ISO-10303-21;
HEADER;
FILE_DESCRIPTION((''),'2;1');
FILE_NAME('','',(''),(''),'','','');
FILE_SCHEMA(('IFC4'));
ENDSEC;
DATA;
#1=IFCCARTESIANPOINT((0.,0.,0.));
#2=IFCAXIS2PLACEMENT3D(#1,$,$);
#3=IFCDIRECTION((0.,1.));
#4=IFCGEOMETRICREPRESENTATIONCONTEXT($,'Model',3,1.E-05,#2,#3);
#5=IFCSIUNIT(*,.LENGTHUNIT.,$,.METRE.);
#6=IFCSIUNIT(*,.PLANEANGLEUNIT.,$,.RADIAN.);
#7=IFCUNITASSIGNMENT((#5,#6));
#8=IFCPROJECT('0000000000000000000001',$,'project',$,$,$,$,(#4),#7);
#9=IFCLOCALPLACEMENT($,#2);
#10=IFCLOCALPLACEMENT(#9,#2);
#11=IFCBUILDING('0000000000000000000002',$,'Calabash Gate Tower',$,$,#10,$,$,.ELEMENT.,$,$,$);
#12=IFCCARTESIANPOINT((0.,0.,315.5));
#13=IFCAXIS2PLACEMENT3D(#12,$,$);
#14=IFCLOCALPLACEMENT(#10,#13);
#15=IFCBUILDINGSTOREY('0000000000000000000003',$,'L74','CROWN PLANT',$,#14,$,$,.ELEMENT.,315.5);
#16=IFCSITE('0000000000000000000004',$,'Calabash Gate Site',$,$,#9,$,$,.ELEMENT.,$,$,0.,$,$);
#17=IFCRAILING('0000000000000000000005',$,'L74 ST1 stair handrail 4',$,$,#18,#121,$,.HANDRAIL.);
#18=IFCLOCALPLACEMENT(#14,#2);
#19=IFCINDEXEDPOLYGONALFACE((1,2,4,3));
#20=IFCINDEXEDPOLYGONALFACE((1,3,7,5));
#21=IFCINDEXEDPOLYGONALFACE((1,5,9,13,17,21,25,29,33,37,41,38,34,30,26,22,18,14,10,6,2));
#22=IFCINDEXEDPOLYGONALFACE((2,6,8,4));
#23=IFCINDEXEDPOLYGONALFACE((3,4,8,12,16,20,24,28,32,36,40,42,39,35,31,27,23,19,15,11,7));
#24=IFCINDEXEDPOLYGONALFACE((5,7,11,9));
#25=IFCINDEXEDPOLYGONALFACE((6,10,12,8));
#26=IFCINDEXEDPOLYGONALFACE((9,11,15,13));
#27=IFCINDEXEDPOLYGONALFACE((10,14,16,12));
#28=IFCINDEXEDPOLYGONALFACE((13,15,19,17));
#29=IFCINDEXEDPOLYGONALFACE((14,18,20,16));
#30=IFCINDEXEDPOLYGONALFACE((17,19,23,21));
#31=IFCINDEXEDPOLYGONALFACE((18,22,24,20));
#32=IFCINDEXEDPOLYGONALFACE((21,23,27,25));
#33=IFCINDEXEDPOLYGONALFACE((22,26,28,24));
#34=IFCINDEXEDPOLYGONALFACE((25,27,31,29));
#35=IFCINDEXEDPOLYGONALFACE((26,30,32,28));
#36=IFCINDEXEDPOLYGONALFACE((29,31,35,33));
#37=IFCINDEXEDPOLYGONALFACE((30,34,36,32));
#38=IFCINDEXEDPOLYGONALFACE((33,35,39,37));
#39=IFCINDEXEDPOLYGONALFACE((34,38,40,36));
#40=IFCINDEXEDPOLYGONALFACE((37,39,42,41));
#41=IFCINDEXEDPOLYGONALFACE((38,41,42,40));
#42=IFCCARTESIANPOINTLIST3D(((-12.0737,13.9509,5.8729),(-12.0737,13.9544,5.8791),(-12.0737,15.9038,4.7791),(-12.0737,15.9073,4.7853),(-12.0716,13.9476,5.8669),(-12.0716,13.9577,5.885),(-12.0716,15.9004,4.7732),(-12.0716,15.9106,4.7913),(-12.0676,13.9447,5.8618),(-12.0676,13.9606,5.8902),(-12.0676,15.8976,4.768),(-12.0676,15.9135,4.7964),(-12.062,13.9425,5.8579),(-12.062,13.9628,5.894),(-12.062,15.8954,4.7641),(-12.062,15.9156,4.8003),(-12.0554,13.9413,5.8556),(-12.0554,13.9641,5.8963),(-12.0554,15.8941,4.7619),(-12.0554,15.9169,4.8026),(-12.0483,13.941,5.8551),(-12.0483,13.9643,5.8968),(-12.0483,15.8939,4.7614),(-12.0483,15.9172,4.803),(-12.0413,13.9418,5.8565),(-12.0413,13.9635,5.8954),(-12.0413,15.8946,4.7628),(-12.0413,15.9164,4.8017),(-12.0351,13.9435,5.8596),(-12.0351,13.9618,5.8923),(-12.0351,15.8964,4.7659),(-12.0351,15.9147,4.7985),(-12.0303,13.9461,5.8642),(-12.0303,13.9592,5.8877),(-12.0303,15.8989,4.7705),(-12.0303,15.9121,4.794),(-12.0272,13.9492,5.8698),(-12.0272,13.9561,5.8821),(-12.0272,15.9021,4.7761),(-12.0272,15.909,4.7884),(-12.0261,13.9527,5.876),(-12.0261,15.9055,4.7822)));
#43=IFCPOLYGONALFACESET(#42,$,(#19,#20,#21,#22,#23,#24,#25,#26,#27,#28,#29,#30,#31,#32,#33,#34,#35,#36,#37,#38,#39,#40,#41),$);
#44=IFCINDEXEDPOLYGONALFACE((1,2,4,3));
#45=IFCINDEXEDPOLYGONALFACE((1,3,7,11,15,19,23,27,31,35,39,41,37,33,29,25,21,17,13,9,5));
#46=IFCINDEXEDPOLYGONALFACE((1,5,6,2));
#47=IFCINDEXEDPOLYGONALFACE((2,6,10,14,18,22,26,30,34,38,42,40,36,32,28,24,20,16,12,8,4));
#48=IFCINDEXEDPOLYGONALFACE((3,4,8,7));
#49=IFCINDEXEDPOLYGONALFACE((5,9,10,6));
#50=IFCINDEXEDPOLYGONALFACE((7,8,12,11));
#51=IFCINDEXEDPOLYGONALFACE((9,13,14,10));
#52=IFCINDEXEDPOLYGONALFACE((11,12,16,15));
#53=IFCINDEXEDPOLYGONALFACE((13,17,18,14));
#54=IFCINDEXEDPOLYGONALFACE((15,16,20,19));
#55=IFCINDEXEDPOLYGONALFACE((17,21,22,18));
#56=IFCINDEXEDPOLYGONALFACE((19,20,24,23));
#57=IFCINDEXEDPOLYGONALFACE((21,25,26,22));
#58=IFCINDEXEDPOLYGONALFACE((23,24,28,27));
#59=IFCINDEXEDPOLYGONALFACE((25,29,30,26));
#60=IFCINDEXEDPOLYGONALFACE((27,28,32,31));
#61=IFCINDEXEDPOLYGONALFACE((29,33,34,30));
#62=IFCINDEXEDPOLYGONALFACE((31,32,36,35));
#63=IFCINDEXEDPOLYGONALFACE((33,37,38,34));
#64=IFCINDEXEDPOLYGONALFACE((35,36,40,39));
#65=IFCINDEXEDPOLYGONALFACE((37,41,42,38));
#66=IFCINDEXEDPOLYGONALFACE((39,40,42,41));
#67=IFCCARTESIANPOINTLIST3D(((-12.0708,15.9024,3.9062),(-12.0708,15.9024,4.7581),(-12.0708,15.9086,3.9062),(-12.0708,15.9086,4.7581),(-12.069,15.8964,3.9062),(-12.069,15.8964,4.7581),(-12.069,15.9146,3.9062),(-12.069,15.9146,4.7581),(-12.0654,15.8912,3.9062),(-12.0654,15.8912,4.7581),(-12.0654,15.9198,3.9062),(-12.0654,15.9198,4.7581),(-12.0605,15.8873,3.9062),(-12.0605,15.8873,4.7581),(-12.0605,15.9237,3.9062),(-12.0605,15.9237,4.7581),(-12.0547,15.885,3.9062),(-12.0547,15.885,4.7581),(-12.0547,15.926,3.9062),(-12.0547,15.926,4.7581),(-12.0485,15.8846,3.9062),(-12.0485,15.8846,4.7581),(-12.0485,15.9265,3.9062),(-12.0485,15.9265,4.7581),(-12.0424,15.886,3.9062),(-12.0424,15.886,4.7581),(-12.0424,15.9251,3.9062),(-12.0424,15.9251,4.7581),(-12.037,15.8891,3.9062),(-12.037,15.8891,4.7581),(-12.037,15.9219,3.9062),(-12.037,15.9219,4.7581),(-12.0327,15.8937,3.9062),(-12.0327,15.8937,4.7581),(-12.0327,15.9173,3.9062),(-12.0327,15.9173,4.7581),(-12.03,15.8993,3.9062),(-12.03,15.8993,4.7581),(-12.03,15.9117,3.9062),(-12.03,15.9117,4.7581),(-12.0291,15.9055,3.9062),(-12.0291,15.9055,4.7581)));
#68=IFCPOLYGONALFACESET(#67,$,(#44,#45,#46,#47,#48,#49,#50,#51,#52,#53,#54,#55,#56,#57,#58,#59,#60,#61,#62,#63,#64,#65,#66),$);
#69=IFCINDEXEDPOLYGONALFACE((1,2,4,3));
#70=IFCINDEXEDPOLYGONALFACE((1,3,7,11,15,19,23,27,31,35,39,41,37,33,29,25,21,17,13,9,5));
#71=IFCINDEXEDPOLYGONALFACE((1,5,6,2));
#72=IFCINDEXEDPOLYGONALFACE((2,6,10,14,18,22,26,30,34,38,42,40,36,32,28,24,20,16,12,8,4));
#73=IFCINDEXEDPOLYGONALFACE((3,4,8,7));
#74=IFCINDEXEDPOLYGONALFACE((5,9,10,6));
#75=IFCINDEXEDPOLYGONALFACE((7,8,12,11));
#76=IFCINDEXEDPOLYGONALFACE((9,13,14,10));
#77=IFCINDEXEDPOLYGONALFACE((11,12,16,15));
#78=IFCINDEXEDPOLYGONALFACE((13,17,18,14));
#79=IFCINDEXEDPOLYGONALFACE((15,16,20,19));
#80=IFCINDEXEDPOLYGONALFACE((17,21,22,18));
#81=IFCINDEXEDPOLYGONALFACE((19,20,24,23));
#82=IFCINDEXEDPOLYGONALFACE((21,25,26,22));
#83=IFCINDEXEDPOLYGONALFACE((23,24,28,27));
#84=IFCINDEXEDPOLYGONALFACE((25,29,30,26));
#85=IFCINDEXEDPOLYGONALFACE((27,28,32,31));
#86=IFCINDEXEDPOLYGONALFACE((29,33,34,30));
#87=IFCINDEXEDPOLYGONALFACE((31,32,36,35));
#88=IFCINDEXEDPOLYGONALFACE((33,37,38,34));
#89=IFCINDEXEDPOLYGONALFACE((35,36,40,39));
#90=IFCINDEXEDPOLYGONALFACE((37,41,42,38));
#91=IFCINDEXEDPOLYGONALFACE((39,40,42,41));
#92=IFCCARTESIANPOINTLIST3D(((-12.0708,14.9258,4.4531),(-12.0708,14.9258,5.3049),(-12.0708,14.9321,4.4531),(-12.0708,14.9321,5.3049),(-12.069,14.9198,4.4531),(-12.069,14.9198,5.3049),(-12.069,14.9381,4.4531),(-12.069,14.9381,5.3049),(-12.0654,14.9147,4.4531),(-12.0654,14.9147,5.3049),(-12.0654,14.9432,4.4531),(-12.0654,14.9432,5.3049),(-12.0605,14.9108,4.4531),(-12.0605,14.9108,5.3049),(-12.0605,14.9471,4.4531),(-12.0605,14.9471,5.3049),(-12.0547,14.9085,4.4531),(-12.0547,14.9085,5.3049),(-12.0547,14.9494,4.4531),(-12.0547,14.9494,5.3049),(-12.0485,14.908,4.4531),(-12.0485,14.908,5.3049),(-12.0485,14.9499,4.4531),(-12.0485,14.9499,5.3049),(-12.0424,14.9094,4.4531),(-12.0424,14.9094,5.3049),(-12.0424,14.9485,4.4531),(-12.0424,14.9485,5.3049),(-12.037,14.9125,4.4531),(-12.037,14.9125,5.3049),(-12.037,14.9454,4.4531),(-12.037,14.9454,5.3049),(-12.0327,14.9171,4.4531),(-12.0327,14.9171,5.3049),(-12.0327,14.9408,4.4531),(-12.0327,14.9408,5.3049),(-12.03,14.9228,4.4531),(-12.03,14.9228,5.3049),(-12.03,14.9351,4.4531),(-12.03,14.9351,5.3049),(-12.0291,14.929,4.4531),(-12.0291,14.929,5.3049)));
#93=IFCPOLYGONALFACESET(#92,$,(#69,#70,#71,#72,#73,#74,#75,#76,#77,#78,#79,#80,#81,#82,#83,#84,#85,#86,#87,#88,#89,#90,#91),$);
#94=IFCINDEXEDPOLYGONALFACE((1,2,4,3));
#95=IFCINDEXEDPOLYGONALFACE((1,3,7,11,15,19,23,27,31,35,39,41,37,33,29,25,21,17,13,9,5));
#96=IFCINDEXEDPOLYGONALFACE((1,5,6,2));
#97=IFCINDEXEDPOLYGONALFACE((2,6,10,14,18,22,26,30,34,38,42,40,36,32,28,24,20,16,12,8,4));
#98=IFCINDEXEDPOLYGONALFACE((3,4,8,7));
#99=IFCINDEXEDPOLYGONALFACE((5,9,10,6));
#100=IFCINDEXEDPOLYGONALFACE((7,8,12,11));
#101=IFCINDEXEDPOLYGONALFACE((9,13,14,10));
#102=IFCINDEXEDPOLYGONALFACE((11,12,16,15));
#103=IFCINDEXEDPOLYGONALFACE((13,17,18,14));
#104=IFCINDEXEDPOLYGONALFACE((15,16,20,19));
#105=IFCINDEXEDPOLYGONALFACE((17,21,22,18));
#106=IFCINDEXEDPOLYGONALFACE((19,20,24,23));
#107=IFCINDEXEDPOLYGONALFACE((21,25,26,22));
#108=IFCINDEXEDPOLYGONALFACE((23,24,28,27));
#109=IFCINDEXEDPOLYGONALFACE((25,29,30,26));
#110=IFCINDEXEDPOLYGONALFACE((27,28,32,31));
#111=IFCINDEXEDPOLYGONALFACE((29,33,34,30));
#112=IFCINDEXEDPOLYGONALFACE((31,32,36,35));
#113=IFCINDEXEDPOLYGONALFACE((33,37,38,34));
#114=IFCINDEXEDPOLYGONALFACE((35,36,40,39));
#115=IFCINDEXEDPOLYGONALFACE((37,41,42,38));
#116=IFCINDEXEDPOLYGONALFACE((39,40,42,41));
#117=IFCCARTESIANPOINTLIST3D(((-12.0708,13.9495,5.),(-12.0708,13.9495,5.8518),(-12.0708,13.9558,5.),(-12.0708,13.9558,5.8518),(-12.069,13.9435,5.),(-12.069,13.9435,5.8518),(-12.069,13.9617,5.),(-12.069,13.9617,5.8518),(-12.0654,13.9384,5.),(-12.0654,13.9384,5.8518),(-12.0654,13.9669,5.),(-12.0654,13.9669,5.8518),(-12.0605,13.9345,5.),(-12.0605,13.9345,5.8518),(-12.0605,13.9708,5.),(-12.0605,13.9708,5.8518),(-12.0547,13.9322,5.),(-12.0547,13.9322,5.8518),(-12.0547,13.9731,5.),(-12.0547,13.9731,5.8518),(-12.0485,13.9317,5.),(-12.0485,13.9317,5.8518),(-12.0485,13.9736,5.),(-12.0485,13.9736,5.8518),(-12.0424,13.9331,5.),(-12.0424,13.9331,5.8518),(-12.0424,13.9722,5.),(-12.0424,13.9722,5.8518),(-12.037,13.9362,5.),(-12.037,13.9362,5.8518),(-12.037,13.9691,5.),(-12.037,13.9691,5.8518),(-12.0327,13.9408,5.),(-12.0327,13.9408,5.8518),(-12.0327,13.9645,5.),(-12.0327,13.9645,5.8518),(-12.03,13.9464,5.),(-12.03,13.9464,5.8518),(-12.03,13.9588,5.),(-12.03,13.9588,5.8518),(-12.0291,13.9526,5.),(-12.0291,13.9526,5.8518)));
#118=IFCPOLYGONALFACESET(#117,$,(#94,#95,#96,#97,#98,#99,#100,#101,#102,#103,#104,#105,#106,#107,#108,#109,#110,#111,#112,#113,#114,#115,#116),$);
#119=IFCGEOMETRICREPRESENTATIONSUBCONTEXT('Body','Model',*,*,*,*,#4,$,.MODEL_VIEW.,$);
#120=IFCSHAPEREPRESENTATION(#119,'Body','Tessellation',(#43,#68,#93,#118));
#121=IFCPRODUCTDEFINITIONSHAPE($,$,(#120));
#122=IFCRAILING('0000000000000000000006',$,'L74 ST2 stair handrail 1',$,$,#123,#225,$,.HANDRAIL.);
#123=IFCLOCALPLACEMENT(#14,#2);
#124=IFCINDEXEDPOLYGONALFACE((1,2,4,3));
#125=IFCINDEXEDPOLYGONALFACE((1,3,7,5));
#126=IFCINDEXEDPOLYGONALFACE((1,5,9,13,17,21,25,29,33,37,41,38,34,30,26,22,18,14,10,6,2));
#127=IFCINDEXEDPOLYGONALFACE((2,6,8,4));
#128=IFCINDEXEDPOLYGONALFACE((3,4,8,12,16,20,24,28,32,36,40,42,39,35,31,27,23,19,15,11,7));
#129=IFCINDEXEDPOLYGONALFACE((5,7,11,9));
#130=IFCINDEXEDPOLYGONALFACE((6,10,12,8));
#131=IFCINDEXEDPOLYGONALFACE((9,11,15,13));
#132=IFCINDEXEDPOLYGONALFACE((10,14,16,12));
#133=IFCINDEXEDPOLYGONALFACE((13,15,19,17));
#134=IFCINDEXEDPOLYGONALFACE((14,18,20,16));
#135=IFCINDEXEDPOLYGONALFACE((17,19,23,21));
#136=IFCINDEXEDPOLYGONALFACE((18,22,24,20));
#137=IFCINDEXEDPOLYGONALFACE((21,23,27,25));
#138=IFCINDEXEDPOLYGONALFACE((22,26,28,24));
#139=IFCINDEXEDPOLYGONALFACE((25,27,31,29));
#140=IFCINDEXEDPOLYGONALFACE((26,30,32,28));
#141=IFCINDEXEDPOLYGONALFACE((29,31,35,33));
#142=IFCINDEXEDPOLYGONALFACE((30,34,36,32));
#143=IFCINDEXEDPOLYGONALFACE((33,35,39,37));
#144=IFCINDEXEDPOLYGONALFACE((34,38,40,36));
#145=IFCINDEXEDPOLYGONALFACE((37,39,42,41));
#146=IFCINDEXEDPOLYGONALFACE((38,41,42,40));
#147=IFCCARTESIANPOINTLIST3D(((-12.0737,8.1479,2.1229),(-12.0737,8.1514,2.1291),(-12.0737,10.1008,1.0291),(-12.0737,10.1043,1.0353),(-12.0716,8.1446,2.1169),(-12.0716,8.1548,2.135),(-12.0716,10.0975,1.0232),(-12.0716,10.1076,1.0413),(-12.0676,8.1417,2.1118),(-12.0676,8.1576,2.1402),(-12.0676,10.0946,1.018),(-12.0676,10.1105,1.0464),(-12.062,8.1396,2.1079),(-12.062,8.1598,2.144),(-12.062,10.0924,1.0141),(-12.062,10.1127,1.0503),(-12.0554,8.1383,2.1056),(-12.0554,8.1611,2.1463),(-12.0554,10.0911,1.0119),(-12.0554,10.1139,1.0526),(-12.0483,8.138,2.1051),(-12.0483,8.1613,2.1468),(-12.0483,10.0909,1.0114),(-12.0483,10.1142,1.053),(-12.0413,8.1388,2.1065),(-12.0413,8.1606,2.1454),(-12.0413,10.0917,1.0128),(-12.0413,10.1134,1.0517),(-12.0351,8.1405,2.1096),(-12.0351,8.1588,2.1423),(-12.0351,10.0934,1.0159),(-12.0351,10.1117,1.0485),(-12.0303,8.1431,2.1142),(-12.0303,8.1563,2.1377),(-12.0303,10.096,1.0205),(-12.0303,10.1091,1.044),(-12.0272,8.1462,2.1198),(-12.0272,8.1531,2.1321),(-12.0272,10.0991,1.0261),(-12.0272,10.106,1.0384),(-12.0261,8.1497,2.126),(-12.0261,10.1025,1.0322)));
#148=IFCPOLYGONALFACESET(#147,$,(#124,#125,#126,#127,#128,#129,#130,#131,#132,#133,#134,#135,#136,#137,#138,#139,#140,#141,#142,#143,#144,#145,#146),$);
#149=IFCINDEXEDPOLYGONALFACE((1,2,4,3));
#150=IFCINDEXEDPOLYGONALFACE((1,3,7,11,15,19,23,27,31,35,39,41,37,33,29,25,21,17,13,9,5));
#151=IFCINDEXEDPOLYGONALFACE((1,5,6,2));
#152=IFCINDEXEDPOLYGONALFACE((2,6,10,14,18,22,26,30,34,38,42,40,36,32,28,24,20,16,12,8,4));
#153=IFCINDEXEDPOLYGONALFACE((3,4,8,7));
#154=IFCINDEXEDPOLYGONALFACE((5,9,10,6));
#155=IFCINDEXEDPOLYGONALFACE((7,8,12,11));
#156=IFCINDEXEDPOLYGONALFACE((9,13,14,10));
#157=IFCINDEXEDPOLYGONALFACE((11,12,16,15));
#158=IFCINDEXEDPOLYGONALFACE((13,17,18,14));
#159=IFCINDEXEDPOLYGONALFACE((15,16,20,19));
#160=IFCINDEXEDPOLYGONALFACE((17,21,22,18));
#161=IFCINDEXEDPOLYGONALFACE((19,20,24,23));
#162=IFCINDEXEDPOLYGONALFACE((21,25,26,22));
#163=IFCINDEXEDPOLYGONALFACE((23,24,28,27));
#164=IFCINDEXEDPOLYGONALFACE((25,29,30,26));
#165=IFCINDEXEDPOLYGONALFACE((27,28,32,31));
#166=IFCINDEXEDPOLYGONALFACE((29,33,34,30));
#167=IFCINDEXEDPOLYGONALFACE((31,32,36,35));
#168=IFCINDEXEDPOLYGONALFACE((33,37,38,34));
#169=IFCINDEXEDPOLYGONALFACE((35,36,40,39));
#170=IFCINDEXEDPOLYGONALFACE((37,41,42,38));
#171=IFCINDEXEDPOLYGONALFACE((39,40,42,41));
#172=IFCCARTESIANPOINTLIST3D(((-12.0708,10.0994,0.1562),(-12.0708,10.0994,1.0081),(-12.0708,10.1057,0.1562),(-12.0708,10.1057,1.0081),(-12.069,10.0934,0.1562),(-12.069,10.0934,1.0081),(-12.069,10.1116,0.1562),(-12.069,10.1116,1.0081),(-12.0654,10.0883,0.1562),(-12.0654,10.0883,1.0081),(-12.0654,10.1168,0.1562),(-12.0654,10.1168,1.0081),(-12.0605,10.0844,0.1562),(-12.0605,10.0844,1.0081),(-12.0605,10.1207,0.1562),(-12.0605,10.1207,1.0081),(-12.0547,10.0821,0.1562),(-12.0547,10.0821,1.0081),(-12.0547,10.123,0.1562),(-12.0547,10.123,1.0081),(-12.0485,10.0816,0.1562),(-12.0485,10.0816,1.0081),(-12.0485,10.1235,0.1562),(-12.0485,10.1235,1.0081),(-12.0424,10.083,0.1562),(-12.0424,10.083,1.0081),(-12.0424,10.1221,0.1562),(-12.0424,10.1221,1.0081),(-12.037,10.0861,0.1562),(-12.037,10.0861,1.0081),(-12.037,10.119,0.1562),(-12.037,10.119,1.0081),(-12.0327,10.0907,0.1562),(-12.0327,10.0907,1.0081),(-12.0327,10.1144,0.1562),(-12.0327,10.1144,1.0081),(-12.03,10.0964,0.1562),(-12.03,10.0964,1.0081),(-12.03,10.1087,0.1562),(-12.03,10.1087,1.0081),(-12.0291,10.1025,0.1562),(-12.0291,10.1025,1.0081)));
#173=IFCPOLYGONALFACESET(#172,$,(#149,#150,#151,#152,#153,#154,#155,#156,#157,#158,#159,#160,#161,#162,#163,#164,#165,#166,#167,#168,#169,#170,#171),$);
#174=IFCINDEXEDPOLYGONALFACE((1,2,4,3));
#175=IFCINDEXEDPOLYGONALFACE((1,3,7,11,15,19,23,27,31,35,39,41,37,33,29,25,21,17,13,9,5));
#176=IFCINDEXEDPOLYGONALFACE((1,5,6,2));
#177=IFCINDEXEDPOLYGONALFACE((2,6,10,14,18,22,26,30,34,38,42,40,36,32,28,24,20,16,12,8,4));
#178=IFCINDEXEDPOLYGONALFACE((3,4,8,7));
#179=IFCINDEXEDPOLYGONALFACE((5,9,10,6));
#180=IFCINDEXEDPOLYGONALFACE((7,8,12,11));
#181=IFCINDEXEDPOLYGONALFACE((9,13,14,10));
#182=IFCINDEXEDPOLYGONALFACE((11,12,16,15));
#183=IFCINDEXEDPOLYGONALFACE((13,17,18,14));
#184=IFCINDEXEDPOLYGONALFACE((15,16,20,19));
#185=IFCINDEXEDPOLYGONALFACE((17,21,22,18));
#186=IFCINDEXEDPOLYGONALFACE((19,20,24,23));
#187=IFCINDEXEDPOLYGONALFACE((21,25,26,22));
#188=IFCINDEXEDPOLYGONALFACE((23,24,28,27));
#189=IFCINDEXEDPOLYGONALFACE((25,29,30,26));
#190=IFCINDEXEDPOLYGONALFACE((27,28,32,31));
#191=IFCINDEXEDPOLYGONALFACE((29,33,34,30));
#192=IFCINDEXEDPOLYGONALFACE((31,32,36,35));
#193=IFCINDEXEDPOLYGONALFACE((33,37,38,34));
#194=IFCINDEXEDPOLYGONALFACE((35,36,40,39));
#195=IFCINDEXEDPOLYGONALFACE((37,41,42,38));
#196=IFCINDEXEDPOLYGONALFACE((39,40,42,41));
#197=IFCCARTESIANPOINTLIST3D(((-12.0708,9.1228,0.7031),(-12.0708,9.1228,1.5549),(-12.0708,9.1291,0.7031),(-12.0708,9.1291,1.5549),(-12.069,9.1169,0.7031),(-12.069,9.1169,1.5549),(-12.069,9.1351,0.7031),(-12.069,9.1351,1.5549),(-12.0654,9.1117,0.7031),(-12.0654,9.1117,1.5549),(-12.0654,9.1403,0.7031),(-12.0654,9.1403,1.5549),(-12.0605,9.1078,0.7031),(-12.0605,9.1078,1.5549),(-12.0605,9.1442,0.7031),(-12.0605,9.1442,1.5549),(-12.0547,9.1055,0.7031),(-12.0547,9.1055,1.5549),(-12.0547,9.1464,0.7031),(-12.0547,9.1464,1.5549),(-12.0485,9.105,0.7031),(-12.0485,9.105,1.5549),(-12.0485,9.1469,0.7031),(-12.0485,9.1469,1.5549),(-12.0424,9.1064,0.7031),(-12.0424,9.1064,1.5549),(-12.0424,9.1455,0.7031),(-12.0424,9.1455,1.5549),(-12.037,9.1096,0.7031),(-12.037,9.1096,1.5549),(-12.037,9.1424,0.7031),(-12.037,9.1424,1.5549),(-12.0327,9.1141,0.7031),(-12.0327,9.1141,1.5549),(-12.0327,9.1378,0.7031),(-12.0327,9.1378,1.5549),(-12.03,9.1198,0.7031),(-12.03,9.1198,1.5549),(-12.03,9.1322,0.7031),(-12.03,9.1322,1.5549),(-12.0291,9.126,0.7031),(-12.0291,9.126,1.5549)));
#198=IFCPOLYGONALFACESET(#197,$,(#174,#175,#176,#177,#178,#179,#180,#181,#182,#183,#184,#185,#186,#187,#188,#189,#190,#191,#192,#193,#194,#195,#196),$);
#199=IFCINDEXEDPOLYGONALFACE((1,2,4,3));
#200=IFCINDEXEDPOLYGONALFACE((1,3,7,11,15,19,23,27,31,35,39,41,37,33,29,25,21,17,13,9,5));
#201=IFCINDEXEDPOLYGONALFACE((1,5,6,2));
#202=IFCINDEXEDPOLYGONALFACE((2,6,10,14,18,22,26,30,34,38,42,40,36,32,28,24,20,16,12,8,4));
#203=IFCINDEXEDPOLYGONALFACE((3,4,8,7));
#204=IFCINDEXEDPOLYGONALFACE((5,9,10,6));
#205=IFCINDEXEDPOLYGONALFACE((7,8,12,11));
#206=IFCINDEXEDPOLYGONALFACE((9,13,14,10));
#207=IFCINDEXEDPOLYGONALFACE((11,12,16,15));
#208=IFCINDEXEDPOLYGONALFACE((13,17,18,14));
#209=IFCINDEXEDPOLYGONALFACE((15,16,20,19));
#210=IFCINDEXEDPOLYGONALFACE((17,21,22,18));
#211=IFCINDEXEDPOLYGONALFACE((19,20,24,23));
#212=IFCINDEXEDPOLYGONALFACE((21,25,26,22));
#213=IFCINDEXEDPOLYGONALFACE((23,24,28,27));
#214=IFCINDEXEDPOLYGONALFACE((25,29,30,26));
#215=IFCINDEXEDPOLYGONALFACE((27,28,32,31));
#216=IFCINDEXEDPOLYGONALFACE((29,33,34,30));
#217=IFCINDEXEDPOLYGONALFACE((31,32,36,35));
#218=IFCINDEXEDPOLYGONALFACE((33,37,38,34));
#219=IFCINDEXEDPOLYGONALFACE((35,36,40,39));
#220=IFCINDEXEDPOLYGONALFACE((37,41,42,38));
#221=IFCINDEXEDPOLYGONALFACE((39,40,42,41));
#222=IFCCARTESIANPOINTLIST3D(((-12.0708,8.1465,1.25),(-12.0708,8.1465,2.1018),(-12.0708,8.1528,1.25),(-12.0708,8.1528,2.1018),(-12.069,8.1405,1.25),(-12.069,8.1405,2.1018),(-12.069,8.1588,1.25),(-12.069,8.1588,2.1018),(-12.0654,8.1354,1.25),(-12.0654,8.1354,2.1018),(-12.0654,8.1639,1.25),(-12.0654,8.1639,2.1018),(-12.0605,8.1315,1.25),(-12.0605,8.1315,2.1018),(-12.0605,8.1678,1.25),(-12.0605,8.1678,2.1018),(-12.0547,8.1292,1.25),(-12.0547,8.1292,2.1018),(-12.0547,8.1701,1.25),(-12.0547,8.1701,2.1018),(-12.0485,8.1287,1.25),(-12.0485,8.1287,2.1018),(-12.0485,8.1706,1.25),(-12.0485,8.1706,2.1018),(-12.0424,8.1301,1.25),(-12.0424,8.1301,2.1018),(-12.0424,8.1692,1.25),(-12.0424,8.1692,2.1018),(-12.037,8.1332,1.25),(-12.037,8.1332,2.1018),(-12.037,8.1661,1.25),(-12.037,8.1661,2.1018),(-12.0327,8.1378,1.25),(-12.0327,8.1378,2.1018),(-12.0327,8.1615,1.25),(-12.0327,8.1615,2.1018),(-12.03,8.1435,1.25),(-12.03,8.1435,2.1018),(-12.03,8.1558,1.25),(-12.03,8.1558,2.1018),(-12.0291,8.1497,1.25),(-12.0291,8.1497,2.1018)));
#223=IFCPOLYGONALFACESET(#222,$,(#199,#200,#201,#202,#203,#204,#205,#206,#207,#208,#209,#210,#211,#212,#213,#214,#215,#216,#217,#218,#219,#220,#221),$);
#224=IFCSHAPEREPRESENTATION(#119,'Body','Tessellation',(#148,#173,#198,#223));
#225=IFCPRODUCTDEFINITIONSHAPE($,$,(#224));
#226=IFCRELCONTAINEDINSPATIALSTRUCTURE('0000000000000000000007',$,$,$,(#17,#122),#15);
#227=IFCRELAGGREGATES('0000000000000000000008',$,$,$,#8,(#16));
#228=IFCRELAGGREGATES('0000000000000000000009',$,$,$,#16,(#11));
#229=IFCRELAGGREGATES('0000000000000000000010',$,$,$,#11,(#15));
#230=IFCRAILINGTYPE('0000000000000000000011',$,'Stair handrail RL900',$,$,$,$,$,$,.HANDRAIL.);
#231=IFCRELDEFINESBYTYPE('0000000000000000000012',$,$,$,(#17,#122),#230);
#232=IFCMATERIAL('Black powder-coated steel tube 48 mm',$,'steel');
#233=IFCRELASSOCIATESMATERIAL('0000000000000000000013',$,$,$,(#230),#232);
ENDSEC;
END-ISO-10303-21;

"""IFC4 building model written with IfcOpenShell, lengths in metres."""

from ifc_helpers import new_model, si_unit, direction, frame, origin, origin_2d, place, context, subcontext, project, spatial, circle, extrude, material, type_object, element, save


model = new_model("IFC4")

# Units and contexts
model_context = context("Model", 3, precision=1e-05, world=origin(), true_north=direction((0.0, 1.0)))
body_context = subcontext(model_context, "Body", "Model", "MODEL_VIEW")
ifc_project = project(units=[si_unit("LENGTHUNIT", "METRE"), si_unit("PLANEANGLEUNIT", "RADIAN")], contexts=[model_context])

# Site, building, storey
site_placement = place(None, origin())
site = spatial("IfcSite", under=ifc_project, at=site_placement, Name="Calabash Gate Site", CompositionType="ELEMENT", RefElevation=0.0)
building_placement = place(site_placement, origin())
building = spatial("IfcBuilding", under=site, at=building_placement, Name="Calabash Gate Tower", CompositionType="ELEMENT")
storey_placement = place(building_placement, frame((0.0, 0.0, 315.5)))
storey = spatial("IfcBuildingStorey", under=building, at=storey_placement, Name="L74", Description="CROWN PLANT", CompositionType="ELEMENT", Elevation=315.5)

# Railings
ifc_material_1 = material(Name="Black powder-coated steel tube 48 mm", Category="steel")
railing_type_1 = type_object("IfcRailingType", Name="Stair handrail RL900", PredefinedType="HANDRAIL", material=ifc_material_1)
for number, where, name in (
    (1, (-12.05, 15.9055, 3.9062), "L74 ST1 stair handrail 4"),
    (2, (-12.05, 10.1025, 0.1562), "L74 ST2 stair handrail 1"),
):
    element("IfcRailing", number, at=place(storey_placement, frame(where)), inside=storey, type_object=railing_type_1, Name=name, PredefinedType="HANDRAIL", context=body_context, shape_type="SweptSolid", body=[
        extrude(circle(Radius=0.0239, at=origin_2d()), frame((0.0, 0.0, 0.876), z_axis=(0.0, -0.87248, 0.48865), x_axis=(1.0, 0.0, 0.0)), (0.0, 0.0, 1.0), 2.2383),
        extrude(circle(Radius=0.021, at=origin_2d()), origin(), (0.0, 0.0, 1.0), 0.8518),
        extrude(circle(Radius=0.021, at=origin_2d()), frame((0.0, -0.9766, 0.5469)), (0.0, 0.0, 1.0), 0.8518),
        extrude(circle(Radius=0.021, at=origin_2d()), frame((0.0, -1.9529, 1.0938)), (0.0, 0.0, 1.0), 0.8518),
    ])

save(model, "model.ifc")
